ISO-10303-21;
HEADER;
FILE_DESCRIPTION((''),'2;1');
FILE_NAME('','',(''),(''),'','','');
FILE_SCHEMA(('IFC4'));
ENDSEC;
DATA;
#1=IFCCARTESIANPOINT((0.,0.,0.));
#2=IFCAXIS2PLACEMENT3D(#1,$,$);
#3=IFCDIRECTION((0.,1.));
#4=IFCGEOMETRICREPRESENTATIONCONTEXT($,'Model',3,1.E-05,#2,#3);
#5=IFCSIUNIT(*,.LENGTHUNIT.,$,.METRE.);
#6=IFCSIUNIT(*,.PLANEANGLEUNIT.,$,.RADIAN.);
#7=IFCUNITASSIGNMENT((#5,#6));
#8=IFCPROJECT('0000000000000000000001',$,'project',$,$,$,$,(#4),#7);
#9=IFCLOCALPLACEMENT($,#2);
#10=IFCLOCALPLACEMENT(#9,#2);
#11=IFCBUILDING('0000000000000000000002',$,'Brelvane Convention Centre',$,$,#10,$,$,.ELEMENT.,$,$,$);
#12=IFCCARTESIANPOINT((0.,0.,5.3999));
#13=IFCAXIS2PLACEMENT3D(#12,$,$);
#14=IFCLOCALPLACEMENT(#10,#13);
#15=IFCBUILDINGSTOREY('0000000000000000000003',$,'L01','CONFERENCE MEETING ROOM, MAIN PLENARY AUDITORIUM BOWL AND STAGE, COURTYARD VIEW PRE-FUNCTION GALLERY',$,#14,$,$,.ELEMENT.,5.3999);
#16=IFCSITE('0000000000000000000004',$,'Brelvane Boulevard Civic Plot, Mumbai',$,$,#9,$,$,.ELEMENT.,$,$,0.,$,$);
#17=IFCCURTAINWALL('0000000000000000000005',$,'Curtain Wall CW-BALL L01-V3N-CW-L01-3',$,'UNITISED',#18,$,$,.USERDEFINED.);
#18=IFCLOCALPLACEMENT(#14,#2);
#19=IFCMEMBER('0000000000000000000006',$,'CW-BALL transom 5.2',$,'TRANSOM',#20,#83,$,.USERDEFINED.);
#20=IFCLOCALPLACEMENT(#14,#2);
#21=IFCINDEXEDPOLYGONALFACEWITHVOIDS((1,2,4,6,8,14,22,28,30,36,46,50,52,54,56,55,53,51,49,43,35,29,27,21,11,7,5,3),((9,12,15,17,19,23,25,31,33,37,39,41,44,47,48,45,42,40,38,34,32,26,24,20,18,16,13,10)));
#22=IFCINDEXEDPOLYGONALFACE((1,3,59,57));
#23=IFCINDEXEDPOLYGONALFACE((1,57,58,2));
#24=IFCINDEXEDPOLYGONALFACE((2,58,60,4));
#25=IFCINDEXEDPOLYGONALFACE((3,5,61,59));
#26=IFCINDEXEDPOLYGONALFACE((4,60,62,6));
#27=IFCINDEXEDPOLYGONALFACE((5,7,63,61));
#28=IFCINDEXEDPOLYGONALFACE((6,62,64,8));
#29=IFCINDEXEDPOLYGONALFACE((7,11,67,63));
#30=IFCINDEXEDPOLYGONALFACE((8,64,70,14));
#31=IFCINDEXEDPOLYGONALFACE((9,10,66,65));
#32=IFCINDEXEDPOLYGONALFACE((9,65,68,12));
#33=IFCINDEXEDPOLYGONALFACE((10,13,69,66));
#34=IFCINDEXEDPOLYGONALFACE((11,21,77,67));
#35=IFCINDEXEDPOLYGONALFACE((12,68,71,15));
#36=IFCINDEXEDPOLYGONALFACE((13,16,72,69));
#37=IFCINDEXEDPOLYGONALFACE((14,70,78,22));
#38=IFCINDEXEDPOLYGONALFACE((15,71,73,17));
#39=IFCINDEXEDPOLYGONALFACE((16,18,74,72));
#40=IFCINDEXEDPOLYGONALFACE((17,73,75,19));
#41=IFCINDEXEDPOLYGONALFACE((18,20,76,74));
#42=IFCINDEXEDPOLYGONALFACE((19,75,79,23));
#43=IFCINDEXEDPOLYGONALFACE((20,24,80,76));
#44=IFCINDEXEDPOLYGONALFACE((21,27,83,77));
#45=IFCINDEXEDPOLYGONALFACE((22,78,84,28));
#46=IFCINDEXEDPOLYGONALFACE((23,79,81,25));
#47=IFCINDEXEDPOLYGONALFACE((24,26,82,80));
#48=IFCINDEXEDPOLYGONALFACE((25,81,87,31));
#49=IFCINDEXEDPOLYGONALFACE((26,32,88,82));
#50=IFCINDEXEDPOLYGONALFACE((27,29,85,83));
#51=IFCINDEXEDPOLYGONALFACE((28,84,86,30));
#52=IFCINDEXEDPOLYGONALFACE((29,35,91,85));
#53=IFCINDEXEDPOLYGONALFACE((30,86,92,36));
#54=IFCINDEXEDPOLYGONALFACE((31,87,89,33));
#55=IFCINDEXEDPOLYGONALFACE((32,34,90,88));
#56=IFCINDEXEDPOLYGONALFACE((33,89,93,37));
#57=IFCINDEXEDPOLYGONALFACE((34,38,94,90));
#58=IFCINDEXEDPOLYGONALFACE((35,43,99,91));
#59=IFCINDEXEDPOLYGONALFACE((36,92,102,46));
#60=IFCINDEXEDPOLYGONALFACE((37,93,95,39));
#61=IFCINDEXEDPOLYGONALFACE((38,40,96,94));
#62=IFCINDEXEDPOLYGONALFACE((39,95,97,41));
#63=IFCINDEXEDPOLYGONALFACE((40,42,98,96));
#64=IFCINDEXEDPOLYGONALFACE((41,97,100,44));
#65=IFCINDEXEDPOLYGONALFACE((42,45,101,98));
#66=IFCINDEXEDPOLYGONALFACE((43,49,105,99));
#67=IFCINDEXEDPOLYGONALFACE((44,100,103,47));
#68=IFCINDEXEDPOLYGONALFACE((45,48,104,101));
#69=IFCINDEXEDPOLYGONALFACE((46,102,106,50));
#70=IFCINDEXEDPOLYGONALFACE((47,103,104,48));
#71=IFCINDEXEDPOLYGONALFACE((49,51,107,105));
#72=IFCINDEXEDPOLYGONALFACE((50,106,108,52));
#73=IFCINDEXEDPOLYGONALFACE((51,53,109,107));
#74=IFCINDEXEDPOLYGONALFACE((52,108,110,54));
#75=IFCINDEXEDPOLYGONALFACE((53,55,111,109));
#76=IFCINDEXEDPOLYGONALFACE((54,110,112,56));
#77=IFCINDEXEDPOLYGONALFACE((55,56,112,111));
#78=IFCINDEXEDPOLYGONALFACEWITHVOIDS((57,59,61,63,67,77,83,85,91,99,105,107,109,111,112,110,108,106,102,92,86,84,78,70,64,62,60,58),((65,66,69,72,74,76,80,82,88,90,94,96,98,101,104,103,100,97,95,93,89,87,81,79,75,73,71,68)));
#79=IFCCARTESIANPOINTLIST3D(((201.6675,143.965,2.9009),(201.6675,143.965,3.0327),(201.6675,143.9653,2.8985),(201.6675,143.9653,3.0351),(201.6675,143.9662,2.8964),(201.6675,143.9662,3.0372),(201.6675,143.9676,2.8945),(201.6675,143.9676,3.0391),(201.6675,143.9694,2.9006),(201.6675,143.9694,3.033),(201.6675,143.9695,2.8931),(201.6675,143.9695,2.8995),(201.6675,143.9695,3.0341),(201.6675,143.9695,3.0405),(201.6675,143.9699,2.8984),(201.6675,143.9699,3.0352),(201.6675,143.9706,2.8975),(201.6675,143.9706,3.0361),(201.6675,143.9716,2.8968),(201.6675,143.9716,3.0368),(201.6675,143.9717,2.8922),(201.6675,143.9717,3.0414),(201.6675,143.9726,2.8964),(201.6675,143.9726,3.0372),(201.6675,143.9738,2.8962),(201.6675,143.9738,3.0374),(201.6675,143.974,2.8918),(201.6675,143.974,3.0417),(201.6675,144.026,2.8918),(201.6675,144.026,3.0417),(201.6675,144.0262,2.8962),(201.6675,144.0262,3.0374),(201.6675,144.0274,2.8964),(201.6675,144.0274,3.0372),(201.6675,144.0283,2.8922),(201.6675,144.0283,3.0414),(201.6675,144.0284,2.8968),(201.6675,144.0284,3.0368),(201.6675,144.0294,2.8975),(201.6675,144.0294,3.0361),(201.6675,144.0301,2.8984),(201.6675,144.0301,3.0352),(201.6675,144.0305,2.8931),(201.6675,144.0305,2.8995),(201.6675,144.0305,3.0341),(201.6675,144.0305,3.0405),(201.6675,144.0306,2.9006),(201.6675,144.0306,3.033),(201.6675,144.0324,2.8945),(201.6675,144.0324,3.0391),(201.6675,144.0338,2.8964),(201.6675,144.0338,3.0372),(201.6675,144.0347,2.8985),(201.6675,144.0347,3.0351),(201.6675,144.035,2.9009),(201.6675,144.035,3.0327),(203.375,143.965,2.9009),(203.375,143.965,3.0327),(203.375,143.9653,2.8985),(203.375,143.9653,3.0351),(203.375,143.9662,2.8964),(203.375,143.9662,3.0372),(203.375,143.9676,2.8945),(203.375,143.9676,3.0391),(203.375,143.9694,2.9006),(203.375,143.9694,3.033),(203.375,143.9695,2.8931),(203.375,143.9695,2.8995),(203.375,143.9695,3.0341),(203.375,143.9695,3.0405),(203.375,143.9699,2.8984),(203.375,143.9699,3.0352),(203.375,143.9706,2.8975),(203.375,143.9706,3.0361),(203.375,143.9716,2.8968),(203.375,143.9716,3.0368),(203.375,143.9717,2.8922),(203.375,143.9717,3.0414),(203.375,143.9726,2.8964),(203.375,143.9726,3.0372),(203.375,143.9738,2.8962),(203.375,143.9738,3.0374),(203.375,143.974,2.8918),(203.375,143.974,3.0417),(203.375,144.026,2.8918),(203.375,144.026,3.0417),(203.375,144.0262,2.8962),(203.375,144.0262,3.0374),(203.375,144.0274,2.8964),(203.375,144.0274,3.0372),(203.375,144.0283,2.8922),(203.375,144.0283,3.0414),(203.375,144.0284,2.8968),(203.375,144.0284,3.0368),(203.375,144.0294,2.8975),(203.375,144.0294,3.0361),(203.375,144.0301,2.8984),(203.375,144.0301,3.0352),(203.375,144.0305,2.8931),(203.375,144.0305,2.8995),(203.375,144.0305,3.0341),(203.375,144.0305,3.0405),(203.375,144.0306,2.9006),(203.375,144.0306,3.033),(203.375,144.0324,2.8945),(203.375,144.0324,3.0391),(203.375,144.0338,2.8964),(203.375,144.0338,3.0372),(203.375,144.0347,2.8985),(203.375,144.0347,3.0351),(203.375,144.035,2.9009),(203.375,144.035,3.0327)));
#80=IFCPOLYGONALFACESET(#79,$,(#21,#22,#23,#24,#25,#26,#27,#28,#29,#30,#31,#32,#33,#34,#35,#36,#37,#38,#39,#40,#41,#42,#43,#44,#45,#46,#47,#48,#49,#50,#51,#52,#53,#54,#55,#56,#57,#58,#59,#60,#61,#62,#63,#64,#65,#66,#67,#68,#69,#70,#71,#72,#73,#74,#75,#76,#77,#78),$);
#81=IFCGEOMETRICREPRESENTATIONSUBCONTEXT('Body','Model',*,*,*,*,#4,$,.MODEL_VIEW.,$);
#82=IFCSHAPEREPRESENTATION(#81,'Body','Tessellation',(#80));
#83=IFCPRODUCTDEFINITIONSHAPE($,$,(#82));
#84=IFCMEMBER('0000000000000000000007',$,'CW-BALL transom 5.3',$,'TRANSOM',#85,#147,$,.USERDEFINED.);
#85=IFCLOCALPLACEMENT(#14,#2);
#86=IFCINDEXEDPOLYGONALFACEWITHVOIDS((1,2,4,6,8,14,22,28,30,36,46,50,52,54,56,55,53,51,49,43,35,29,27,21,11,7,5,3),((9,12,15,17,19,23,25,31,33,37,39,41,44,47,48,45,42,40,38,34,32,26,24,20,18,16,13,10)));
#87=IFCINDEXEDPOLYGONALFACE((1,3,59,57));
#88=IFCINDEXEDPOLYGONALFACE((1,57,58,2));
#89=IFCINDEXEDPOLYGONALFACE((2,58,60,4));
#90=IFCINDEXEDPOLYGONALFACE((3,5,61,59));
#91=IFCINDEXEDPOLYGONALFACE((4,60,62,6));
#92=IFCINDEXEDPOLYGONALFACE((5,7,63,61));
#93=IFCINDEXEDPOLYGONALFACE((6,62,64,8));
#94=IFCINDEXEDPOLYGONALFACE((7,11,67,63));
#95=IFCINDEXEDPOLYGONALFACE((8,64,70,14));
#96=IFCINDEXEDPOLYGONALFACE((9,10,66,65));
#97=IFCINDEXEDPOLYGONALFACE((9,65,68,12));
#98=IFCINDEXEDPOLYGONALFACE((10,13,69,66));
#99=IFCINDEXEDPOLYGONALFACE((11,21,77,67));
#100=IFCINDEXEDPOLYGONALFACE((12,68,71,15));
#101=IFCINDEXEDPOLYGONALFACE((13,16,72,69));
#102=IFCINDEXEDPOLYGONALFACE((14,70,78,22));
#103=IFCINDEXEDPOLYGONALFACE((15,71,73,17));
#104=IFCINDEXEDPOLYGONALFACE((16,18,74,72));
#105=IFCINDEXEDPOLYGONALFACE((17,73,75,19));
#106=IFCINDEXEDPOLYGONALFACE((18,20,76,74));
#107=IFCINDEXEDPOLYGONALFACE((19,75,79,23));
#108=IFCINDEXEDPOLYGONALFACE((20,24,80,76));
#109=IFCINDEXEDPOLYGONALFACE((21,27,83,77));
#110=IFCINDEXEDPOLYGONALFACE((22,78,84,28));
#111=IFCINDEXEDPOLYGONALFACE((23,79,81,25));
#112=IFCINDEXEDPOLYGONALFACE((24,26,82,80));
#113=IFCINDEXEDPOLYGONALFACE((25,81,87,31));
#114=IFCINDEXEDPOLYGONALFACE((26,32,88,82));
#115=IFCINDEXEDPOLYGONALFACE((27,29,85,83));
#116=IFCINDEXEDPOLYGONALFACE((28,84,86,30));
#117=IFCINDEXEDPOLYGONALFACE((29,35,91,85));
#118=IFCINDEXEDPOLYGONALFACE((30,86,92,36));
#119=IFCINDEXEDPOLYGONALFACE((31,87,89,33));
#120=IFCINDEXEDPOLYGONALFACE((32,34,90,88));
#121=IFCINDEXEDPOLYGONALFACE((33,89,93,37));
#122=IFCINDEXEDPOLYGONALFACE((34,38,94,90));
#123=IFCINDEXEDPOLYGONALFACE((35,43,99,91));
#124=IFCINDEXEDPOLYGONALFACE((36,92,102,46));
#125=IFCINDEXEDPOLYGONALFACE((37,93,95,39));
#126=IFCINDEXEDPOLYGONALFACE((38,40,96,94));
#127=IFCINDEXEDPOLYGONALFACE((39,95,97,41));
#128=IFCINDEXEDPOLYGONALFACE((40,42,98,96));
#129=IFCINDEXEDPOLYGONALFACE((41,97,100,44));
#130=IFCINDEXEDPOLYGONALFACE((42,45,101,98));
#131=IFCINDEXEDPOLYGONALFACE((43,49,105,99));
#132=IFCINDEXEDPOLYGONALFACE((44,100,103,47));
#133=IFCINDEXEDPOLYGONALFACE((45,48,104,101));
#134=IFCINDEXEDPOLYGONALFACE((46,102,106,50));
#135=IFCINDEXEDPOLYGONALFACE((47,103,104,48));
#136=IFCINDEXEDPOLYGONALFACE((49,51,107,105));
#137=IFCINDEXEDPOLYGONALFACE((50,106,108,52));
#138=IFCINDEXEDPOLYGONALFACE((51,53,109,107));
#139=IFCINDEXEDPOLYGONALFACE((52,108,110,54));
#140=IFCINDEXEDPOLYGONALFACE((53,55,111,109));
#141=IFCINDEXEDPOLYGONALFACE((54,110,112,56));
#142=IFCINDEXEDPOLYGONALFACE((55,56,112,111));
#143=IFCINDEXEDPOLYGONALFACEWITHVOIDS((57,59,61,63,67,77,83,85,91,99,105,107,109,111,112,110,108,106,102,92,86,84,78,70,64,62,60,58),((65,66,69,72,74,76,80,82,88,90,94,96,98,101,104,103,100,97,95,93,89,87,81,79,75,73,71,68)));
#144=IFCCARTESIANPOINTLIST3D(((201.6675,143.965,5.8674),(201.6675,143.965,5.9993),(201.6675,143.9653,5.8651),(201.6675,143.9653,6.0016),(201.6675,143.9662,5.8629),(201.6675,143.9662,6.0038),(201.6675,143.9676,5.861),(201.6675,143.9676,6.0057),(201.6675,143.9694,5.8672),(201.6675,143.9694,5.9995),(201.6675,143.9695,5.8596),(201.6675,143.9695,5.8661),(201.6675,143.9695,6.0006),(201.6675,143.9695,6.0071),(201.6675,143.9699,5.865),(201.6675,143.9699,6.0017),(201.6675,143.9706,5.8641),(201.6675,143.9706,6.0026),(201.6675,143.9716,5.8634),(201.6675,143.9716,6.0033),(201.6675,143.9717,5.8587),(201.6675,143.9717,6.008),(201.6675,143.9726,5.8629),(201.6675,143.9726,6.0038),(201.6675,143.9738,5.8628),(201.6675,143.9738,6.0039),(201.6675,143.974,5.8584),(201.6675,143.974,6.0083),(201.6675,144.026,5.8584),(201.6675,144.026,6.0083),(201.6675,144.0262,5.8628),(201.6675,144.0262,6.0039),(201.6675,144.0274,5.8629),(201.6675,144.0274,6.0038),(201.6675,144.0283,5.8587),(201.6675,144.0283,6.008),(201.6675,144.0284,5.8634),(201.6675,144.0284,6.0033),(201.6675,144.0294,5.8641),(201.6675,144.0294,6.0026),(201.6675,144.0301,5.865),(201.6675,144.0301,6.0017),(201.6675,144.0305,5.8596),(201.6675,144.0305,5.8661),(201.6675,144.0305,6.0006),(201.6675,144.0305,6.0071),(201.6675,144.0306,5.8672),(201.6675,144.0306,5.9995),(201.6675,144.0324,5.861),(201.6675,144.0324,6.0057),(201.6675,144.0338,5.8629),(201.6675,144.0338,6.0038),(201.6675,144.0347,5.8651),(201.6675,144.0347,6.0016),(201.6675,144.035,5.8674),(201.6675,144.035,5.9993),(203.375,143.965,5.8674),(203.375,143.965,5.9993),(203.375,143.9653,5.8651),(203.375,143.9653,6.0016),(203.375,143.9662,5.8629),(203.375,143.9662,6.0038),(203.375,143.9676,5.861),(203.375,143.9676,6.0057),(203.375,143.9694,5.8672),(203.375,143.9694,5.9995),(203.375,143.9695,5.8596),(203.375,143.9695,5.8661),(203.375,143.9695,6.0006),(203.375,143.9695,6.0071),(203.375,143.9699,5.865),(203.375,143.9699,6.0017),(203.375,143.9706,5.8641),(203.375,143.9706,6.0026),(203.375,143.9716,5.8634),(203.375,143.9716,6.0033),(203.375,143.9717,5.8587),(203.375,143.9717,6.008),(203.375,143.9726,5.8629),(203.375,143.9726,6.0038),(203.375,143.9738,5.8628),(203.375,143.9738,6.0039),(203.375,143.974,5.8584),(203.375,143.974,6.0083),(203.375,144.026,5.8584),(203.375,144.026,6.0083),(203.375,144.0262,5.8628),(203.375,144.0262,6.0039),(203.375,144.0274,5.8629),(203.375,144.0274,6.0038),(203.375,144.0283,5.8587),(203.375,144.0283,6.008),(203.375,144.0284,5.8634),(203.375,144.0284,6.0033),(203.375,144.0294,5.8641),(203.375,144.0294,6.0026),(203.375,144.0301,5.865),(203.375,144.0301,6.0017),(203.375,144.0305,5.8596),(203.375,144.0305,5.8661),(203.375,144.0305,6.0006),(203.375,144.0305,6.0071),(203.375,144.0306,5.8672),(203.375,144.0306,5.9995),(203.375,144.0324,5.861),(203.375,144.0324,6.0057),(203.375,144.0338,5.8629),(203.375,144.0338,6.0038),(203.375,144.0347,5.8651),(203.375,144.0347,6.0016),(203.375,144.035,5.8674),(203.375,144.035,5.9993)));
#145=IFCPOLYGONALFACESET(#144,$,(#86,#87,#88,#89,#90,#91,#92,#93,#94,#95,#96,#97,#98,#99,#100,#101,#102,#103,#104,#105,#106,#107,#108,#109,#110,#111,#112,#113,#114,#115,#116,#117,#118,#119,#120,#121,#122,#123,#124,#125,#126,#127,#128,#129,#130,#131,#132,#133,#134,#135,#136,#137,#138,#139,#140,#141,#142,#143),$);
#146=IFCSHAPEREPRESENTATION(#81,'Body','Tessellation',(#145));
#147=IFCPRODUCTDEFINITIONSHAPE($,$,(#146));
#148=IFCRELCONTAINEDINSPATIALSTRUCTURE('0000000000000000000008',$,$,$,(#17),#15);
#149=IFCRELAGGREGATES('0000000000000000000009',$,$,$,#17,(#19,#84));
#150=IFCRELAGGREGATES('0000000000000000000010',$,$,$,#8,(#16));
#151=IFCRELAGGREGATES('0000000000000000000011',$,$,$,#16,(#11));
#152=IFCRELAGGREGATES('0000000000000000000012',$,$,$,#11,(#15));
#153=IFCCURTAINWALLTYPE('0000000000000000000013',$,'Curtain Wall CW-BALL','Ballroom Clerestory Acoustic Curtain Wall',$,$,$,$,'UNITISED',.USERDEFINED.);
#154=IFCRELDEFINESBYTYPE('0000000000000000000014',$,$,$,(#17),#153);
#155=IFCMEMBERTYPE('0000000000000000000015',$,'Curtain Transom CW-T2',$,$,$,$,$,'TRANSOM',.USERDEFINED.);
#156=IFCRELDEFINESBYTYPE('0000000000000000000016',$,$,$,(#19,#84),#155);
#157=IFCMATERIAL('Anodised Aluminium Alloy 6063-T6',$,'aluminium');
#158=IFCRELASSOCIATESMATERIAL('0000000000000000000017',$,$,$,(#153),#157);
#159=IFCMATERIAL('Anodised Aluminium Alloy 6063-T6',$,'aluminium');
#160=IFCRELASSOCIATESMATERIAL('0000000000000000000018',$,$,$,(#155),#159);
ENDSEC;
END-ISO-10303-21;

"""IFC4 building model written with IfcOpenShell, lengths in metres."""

from ifc_helpers import new_model, si_unit, direction, frame, origin, origin_2d, place, context, subcontext, project, spatial, hollow_rectangle, extrude, material, material_profile, profile_set, type_object, element, aggregate, save


model = new_model("IFC4")

# Units and contexts
model_context = context("Model", 3, precision=1e-05, world=origin(), true_north=direction((0.0, 1.0)))
body_context = subcontext(model_context, "Body", "Model", "MODEL_VIEW")
ifc_project = project(units=[si_unit("LENGTHUNIT", "METRE"), si_unit("PLANEANGLEUNIT", "RADIAN")], contexts=[model_context])

# Site, building, storey
site_placement = place(None, origin())
site = spatial("IfcSite", under=ifc_project, at=site_placement, Name="Brelvane Boulevard Civic Plot, Mumbai", CompositionType="ELEMENT", RefElevation=0.0)
building_placement = place(site_placement, origin())
building = spatial("IfcBuilding", under=site, at=building_placement, Name="Brelvane Convention Centre", CompositionType="ELEMENT")
storey_placement = place(building_placement, frame((0.0, 0.0, 5.3999)))
storey = spatial("IfcBuildingStorey", under=building, at=storey_placement, Name="L01", Description="CONFERENCE MEETING ROOM, MAIN PLENARY AUDITORIUM BOWL AND STAGE, COURTYARD VIEW PRE-FUNCTION GALLERY", CompositionType="ELEMENT", Elevation=5.3999)

# Curtain wall
ifc_material_1 = material(Name="Anodised Aluminium Alloy 6063-T6", Category="aluminium")
curtain_wall_type = type_object("IfcCurtainWallType", Name="Curtain Wall CW-BALL", Description="Ballroom Clerestory Acoustic Curtain Wall", ElementType="UNITISED", PredefinedType="USERDEFINED", material=ifc_material_1)
curtain_wall_1_placement = place(storey_placement, origin())
curtain_wall_1 = element("IfcCurtainWall", 1, at=curtain_wall_1_placement, inside=storey, type_object=curtain_wall_type, Name="Curtain Wall CW-BALL L01-V3N-CW-L01-3", ObjectType="UNITISED", PredefinedType="USERDEFINED")

# Members
ifc_material_2 = material(Name="Anodised Aluminium Alloy 6063-T6", Category="aluminium")
ifc_material_profile_1 = material_profile(ifc_material_2, hollow_rectangle(XDim=0.0701, YDim=0.1499, WallThickness=0.0044, InnerFilletRadius=0.0044, OuterFilletRadius=0.009, at=origin_2d()), Name="ALU-T 150x70x4.5")
ifc_profile_set_1 = profile_set([ifc_material_profile_1], Name="Anodised Aluminium Alloy 6063-T6")
member_type_1 = type_object("IfcMemberType", Name="Curtain Transom CW-T2", ElementType="TRANSOM", PredefinedType="USERDEFINED", material=ifc_profile_set_1)
member_1_placement = place(storey_placement, frame((201.6675, 144.0, 2.9668), z_axis=(1.0, 0.0, 0.0), x_axis=(0.0, 1.0, 0.0)))
member_1 = element("IfcMember", 2, at=member_1_placement, type_object=member_type_1, Name="CW-BALL transom 5.2", ObjectType="TRANSOM", PredefinedType="USERDEFINED", context=body_context, shape_type="SweptSolid", body=[
    extrude(hollow_rectangle(XDim=0.0701, YDim=0.1499, WallThickness=0.0044, InnerFilletRadius=0.0044, OuterFilletRadius=0.009, at=origin_2d()), origin(), (0.0, 0.0, 1.0), 1.7075),
])
member_2_placement = place(storey_placement, frame((201.6675, 144.0, 5.9333), z_axis=(1.0, 0.0, 0.0), x_axis=(0.0, 1.0, 0.0)))
member_2 = element("IfcMember", 3, at=member_2_placement, type_object=member_type_1, Name="CW-BALL transom 5.3", ObjectType="TRANSOM", PredefinedType="USERDEFINED", context=body_context, shape_type="SweptSolid", body=[
    extrude(hollow_rectangle(XDim=0.0701, YDim=0.1499, WallThickness=0.0044, InnerFilletRadius=0.0044, OuterFilletRadius=0.009, at=origin_2d()), origin(), (0.0, 0.0, 1.0), 1.7075),
])

aggregate(curtain_wall_1, [member_1, member_2])

save(model, "model.ifc")
